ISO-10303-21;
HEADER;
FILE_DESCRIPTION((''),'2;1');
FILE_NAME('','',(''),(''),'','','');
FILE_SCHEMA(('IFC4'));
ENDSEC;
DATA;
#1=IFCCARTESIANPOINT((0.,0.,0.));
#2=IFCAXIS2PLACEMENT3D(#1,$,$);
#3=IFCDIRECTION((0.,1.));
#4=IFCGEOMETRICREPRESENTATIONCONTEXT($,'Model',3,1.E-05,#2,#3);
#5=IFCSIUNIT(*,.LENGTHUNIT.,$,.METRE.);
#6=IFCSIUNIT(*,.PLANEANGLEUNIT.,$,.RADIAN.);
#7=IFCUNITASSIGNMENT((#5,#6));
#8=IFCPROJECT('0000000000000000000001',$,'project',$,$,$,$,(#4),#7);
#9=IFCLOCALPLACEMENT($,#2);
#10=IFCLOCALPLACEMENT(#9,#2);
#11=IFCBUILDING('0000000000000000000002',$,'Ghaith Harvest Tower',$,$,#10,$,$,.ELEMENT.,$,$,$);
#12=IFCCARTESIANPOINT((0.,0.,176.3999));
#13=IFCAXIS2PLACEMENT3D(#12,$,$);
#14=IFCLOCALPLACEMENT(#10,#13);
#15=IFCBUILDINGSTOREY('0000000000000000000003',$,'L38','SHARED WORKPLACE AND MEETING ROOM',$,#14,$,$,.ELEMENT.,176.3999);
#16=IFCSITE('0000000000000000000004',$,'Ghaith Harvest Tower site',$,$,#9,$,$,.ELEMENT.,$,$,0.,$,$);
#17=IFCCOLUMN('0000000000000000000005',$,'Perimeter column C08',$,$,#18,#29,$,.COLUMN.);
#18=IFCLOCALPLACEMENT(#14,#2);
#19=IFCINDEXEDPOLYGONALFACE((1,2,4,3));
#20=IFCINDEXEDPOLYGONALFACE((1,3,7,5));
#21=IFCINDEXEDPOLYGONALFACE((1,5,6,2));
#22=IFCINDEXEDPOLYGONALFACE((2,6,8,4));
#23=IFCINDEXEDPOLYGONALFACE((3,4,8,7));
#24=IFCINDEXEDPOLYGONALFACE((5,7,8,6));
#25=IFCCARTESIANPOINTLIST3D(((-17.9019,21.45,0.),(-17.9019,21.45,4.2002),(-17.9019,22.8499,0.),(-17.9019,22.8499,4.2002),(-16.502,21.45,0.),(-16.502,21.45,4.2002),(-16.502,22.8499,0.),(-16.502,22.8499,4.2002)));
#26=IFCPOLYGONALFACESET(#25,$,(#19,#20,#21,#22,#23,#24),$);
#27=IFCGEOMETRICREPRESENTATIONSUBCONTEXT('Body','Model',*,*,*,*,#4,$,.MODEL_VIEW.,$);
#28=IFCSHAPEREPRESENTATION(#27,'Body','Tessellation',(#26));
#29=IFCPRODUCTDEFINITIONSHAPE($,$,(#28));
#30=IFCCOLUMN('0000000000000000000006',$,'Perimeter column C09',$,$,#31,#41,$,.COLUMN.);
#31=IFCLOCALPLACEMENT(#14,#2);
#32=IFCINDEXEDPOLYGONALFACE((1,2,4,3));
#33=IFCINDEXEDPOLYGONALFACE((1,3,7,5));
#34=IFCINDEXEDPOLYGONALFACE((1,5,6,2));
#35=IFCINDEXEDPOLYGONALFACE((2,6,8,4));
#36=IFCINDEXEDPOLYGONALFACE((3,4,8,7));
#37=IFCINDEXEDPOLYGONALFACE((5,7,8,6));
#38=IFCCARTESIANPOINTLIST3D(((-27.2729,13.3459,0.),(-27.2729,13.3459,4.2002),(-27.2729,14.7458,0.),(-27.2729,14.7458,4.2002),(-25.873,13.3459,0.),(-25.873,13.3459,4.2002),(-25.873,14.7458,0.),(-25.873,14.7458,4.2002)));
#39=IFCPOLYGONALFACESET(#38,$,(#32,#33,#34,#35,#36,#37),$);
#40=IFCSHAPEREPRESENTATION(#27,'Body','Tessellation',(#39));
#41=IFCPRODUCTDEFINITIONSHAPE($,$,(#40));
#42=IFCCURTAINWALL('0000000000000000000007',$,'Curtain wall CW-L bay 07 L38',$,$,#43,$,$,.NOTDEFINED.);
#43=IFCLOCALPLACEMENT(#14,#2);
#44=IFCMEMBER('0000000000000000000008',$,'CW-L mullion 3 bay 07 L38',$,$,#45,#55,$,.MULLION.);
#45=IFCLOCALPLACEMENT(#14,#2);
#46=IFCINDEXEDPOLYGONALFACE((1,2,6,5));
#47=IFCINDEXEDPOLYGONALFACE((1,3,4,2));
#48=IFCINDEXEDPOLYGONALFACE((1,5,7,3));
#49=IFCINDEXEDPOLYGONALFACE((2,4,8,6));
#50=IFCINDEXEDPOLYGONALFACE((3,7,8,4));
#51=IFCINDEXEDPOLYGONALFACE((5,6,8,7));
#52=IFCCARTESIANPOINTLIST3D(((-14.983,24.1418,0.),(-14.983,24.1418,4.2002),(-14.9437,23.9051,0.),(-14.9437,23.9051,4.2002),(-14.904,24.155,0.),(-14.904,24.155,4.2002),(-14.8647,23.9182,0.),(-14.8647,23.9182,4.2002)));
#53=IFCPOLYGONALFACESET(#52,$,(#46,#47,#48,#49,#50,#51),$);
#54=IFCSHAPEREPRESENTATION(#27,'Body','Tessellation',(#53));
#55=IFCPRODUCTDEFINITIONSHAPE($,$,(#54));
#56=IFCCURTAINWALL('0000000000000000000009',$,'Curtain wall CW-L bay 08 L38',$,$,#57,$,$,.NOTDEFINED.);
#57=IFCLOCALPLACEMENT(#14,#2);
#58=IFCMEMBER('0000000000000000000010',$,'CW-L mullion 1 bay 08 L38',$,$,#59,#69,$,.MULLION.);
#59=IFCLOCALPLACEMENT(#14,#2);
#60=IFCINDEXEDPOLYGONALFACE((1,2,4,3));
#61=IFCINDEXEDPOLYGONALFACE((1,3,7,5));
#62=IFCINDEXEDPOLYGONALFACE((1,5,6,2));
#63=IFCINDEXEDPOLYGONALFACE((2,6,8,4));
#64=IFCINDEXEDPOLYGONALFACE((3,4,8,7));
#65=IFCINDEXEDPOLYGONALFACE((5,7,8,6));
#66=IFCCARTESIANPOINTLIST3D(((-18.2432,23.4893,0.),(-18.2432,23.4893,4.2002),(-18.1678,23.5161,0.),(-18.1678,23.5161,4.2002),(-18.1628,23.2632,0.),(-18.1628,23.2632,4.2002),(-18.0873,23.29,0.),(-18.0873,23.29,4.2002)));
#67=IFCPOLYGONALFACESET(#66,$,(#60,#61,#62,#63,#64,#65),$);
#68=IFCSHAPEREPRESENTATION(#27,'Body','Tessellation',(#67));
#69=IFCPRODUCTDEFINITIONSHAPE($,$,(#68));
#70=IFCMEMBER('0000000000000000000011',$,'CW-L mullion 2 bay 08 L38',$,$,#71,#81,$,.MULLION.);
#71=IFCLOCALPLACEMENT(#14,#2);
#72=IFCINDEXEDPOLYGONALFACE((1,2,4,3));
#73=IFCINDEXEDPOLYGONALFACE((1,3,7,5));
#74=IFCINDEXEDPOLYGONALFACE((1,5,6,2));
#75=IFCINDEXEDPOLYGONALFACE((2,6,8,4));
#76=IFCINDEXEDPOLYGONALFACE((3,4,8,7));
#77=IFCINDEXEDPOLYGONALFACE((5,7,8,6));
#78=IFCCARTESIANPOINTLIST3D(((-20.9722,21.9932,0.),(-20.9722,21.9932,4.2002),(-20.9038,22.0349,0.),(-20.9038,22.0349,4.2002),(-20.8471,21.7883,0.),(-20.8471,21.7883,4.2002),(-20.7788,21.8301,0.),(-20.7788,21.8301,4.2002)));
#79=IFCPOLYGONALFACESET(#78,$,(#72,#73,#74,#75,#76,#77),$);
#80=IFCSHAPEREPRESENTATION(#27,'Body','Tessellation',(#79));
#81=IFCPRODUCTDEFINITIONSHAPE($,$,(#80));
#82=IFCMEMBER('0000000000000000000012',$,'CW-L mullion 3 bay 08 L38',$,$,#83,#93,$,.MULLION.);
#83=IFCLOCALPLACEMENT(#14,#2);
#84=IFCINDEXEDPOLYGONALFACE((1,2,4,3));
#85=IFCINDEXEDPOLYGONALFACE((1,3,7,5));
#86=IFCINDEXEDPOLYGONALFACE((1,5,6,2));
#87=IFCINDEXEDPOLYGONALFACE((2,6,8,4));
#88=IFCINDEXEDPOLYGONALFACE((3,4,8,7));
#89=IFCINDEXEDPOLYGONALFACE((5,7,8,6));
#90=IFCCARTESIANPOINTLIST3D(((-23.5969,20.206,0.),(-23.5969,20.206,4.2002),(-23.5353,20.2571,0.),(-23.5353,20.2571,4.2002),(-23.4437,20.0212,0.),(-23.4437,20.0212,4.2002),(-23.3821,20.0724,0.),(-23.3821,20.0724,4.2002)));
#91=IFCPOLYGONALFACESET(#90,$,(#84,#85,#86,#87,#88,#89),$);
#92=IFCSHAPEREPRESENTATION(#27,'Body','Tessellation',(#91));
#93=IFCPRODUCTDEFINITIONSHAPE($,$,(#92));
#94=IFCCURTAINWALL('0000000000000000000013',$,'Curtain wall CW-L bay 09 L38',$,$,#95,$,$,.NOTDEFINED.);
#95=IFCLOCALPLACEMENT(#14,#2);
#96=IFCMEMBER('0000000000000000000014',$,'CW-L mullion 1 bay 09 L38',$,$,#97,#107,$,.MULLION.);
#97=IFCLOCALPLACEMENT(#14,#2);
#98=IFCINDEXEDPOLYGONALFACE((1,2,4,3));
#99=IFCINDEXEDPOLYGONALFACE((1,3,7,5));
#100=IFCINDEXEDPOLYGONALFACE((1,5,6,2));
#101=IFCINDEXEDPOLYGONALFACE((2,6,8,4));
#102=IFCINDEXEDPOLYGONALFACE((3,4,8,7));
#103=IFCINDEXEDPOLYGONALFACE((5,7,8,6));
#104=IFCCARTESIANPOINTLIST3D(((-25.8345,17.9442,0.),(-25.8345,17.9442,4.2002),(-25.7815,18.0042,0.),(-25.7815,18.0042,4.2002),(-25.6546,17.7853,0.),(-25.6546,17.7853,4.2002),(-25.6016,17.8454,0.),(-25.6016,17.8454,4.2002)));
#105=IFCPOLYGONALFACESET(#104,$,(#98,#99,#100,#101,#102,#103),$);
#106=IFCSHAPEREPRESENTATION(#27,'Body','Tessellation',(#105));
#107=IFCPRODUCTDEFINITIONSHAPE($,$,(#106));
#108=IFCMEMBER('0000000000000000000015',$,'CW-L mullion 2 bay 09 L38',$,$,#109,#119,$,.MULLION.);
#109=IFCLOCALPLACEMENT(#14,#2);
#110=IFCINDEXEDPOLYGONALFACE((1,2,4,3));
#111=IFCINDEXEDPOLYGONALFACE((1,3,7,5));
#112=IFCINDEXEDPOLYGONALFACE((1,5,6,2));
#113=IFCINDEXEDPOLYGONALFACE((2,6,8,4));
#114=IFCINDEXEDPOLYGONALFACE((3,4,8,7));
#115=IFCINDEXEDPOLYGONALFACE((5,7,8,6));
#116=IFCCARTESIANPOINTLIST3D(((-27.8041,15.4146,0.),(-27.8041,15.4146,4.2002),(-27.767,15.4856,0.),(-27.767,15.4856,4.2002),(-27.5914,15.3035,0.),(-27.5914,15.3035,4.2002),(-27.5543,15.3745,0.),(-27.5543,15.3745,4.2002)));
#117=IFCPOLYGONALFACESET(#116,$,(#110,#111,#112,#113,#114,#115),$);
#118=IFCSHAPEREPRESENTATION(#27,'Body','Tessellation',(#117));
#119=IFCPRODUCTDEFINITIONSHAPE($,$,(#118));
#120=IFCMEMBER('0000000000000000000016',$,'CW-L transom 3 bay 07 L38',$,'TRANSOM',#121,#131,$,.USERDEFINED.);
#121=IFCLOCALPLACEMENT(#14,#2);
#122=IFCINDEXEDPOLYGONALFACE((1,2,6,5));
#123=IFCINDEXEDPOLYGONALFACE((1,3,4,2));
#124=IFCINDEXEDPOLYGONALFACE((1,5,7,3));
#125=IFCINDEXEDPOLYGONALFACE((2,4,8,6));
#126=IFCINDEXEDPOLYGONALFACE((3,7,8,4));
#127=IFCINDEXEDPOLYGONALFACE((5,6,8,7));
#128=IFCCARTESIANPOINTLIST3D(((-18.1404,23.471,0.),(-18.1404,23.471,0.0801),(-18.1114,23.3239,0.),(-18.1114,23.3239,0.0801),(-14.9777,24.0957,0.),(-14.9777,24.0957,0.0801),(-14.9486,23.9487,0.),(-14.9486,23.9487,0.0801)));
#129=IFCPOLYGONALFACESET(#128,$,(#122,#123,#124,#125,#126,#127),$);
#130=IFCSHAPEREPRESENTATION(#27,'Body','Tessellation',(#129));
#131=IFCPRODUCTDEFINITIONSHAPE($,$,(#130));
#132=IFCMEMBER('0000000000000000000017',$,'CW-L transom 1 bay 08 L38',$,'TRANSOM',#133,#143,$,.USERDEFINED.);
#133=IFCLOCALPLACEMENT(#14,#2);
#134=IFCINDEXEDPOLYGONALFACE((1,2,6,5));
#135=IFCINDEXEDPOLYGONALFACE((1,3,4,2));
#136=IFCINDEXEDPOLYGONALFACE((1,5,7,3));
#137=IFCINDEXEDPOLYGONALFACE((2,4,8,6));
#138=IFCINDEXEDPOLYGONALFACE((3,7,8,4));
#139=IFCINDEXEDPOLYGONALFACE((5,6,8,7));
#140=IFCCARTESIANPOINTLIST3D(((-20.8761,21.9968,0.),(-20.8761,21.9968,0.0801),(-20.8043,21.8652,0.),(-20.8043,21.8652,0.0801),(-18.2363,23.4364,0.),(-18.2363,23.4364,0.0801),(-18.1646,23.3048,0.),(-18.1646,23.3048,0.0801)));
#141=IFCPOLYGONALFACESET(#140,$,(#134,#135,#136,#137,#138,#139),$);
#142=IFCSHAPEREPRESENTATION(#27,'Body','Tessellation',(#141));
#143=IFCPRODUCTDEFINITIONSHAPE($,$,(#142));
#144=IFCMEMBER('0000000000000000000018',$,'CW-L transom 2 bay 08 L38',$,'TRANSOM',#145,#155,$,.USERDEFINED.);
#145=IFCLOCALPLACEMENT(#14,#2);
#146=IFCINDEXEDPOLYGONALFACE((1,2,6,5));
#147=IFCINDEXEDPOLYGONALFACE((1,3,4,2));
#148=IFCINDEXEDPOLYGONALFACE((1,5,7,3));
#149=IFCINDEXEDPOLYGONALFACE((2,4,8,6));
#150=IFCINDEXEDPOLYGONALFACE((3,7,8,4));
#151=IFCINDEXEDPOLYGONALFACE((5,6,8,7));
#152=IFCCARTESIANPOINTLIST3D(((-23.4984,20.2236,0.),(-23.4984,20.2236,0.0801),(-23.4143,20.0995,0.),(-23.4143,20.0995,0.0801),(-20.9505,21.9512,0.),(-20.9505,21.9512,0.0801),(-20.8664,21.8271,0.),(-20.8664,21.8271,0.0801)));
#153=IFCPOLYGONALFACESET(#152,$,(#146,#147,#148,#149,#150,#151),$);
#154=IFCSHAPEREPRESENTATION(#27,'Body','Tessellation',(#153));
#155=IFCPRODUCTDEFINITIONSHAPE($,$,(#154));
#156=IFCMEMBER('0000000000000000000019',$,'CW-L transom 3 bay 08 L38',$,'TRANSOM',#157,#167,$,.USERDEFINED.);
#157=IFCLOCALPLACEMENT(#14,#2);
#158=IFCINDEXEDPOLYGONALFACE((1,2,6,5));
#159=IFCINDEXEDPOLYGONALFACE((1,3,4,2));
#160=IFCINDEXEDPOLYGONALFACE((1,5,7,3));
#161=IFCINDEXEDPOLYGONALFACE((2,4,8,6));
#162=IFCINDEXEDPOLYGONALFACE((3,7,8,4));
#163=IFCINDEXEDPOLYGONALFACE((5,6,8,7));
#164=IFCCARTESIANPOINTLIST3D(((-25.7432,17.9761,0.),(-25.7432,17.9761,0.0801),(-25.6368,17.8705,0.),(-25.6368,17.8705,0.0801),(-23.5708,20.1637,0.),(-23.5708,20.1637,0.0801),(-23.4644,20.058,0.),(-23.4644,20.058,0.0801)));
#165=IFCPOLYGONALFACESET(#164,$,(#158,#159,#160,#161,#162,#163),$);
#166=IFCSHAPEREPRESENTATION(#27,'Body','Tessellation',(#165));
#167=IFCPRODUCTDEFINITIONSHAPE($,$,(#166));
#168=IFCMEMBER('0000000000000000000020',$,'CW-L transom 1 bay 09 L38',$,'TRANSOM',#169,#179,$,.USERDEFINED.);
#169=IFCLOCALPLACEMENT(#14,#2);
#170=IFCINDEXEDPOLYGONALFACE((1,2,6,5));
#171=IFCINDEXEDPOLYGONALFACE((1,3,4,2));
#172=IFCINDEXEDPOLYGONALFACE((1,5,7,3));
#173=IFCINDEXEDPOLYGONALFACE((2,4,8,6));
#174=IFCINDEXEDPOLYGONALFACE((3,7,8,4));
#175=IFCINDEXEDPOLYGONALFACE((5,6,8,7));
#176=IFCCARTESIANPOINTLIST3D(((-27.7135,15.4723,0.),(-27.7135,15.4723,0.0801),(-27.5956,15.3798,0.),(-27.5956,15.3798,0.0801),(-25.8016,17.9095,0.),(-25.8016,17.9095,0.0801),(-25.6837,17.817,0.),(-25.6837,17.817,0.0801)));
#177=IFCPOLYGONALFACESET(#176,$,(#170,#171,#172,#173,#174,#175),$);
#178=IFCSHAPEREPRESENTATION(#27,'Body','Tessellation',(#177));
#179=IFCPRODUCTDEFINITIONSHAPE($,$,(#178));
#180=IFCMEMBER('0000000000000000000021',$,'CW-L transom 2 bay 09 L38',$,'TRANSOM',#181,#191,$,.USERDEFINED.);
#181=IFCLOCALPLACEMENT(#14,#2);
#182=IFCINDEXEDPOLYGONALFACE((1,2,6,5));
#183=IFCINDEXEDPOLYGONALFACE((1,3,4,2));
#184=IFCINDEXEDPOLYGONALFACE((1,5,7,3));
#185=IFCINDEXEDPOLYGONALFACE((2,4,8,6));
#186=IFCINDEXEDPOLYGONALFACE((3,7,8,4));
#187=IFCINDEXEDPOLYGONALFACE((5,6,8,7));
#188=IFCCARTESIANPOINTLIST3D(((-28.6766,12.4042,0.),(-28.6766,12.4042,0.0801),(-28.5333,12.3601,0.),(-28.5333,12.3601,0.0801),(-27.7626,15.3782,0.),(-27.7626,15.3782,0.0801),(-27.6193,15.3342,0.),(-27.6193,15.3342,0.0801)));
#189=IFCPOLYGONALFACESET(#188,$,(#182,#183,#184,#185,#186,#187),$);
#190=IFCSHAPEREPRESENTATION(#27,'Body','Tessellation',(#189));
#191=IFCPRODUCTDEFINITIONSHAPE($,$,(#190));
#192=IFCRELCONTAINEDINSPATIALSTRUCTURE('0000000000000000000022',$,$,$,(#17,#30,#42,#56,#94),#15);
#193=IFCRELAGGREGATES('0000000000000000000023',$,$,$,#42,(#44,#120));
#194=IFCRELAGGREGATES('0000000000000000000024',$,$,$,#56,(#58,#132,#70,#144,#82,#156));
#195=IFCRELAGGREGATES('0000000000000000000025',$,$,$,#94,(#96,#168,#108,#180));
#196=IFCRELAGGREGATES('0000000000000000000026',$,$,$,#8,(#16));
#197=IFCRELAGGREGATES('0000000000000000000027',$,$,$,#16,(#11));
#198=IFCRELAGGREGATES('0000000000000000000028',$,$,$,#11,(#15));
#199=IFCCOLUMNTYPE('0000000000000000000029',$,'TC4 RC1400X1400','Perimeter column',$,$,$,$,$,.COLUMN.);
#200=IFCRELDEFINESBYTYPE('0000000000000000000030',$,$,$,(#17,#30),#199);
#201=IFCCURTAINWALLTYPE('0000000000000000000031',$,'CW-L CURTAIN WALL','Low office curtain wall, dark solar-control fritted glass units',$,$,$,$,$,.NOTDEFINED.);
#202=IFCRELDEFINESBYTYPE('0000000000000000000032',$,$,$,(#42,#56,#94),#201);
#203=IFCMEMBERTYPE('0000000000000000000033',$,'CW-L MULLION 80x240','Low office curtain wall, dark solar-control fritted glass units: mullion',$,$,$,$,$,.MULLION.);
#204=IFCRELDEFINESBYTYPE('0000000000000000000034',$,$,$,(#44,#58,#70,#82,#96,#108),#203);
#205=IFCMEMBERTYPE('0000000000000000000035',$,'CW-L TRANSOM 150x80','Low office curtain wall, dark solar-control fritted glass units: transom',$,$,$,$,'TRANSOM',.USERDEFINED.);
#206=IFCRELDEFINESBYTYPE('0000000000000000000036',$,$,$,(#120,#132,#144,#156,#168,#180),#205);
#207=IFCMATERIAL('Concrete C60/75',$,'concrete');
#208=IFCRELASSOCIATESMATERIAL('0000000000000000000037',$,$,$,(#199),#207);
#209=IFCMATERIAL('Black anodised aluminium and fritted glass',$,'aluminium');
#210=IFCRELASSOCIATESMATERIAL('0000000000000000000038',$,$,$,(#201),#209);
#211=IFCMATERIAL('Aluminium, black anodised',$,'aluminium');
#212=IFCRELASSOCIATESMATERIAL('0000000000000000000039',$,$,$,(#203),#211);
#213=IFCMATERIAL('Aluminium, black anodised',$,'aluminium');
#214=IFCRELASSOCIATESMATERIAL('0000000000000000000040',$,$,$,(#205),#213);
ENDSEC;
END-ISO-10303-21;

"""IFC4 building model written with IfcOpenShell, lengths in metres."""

from ifc_helpers import new_model, si_unit, direction, frame, origin, origin_2d, place, context, subcontext, project, spatial, rectangle, extrude, material, material_profile, profile_set, type_object, element, aggregate, save


model = new_model("IFC4")

# Units and contexts
model_context = context("Model", 3, precision=1e-05, world=origin(), true_north=direction((0.0, 1.0)))
body_context = subcontext(model_context, "Body", "Model", "MODEL_VIEW")
ifc_project = project(units=[si_unit("LENGTHUNIT", "METRE"), si_unit("PLANEANGLEUNIT", "RADIAN")], contexts=[model_context])

# Site, building, storey
site_placement = place(None, origin())
site = spatial("IfcSite", under=ifc_project, at=site_placement, Name="Ghaith Harvest Tower site", CompositionType="ELEMENT", RefElevation=0.0)
building_placement = place(site_placement, origin())
building = spatial("IfcBuilding", under=site, at=building_placement, Name="Ghaith Harvest Tower", CompositionType="ELEMENT")
storey_placement = place(building_placement, frame((0.0, 0.0, 176.3999)))
storey = spatial("IfcBuildingStorey", under=building, at=storey_placement, Name="L38", Description="SHARED WORKPLACE AND MEETING ROOM", CompositionType="ELEMENT", Elevation=176.3999)

# Columns
ifc_material_1 = material(Name="Concrete C60/75", Category="concrete")
ifc_material_profile_1 = material_profile(ifc_material_1, rectangle(XDim=1.3999, YDim=1.3999, at=origin_2d()), Name="RC1400X1400")
ifc_profile_set_1 = profile_set([ifc_material_profile_1], Name="Concrete C60/75")
column_type = type_object("IfcColumnType", Name="TC4 RC1400X1400", Description="Perimeter column", PredefinedType="COLUMN", material=ifc_profile_set_1)
for number, where, z_axis, x_axis, name in (
    (1, (-17.2019, 22.1499, 0.0), (0.0, 0.0, 1.0), (1.0, 0.0, 0.0), "Perimeter column C08"),
    (2, (-26.573, 14.0459, 0.0), (0.0, 0.0, 1.0), (1.0, 0.0, 0.0), "Perimeter column C09"),
):
    element("IfcColumn", number, at=place(storey_placement, frame(where, z_axis=z_axis, x_axis=x_axis)), inside=storey, type_object=column_type, Name=name, PredefinedType="COLUMN", context=body_context, shape_type="SweptSolid", body=[
        extrude(rectangle(XDim=1.3999, YDim=1.3999, at=origin_2d()), origin(), (0.0, 0.0, 1.0), 4.2002),
    ])

# Curtain wall, member
ifc_material_2 = material(Name="Black anodised aluminium and fritted glass", Category="aluminium")
curtain_wall_type = type_object("IfcCurtainWallType", Name="CW-L CURTAIN WALL", Description="Low office curtain wall, dark solar-control fritted glass units", PredefinedType="NOTDEFINED", material=ifc_material_2)
curtain_wall_1_placement = place(storey_placement, origin())
curtain_wall_1 = element("IfcCurtainWall", 3, at=curtain_wall_1_placement, inside=storey, type_object=curtain_wall_type, Name="Curtain wall CW-L bay 07 L38", PredefinedType="NOTDEFINED")
ifc_material_3 = material(Name="Aluminium, black anodised", Category="aluminium")
ifc_material_profile_2 = material_profile(ifc_material_3, rectangle(XDim=0.0801, YDim=0.24, at=origin_2d()), Name="CW-L MULLION 80x240")
ifc_profile_set_2 = profile_set([ifc_material_profile_2], Name="Aluminium, black anodised")
member_type_1 = type_object("IfcMemberType", Name="CW-L MULLION 80x240", Description="Low office curtain wall, dark solar-control fritted glass units: mullion", PredefinedType="MULLION", material=ifc_profile_set_2)
member_1_placement = place(storey_placement, frame((-14.9238, 24.03, 0.0), z_axis=(0.0, 0.0, 1.0), x_axis=(-0.986495, -0.163794, 0.0)))
member_1 = element("IfcMember", 4, at=member_1_placement, type_object=member_type_1, Name="CW-L mullion 3 bay 07 L38", PredefinedType="MULLION", context=body_context, shape_type="SweptSolid", body=[
    extrude(rectangle(XDim=0.0801, YDim=0.24, at=origin_2d()), origin(), (0.0, 0.0, 1.0), 4.2002),
])

# Curtain walls, members
curtain_wall_2_placement = place(storey_placement, origin())
curtain_wall_2 = element("IfcCurtainWall", 5, at=curtain_wall_2_placement, inside=storey, type_object=curtain_wall_type, Name="Curtain wall CW-L bay 08 L38", PredefinedType="NOTDEFINED")
member_2_placement = place(storey_placement, frame((-18.1653, 23.3896, 0.0), z_axis=(0.0, 0.0, 1.0), x_axis=(-0.942104, -0.335322, 0.0)))
member_2 = element("IfcMember", 6, at=member_2_placement, type_object=member_type_1, Name="CW-L mullion 1 bay 08 L38", PredefinedType="MULLION", context=body_context, shape_type="SweptSolid", body=[
    extrude(rectangle(XDim=0.0801, YDim=0.24, at=origin_2d()), origin(), (0.0, 0.0, 1.0), 4.2002),
])
member_3_placement = place(storey_placement, frame((-20.8755, 21.9116, 0.0), z_axis=(0.0, 0.0, 1.0), x_axis=(-0.853516, -0.521067, 0.0)))
member_3 = element("IfcMember", 7, at=member_3_placement, type_object=member_type_1, Name="CW-L mullion 2 bay 08 L38", PredefinedType="MULLION", context=body_context, shape_type="SweptSolid", body=[
    extrude(rectangle(XDim=0.0801, YDim=0.24, at=origin_2d()), origin(), (0.0, 0.0, 1.0), 4.2002),
])
member_4_placement = place(storey_placement, frame((-23.4895, 20.1392, 0.0), z_axis=(0.0, 0.0, 1.0), x_axis=(-0.769683, -0.638427, 0.0)))
member_4 = element("IfcMember", 8, at=member_4_placement, type_object=member_type_1, Name="CW-L mullion 3 bay 08 L38", PredefinedType="MULLION", context=body_context, shape_type="SweptSolid", body=[
    extrude(rectangle(XDim=0.0801, YDim=0.24, at=origin_2d()), origin(), (0.0, 0.0, 1.0), 4.2002),
])
curtain_wall_3_placement = place(storey_placement, origin())
curtain_wall_3 = element("IfcCurtainWall", 9, at=curtain_wall_3_placement, inside=storey, type_object=curtain_wall_type, Name="Curtain wall CW-L bay 09 L38", PredefinedType="NOTDEFINED")
member_5_placement = place(storey_placement, frame((-25.718, 17.8948, 0.0), z_axis=(0.0, 0.0, 1.0), x_axis=(-0.661904, -0.749589, 0.0)))
member_5 = element("IfcMember", 10, at=member_5_placement, type_object=member_type_1, Name="CW-L mullion 1 bay 09 L38", PredefinedType="MULLION", context=body_context, shape_type="SweptSolid", body=[
    extrude(rectangle(XDim=0.0801, YDim=0.24, at=origin_2d()), origin(), (0.0, 0.0, 1.0), 4.2002),
])
member_6_placement = place(storey_placement, frame((-27.6792, 15.3945, 0.0), z_axis=(0.0, 0.0, 1.0), x_axis=(-0.46289, -0.886416, 0.0)))
member_6 = element("IfcMember", 11, at=member_6_placement, type_object=member_type_1, Name="CW-L mullion 2 bay 09 L38", PredefinedType="MULLION", context=body_context, shape_type="SweptSolid", body=[
    extrude(rectangle(XDim=0.0801, YDim=0.24, at=origin_2d()), origin(), (0.0, 0.0, 1.0), 4.2002),
])

# Members
ifc_material_4 = material(Name="Aluminium, black anodised", Category="aluminium")
ifc_material_profile_3 = material_profile(ifc_material_4, rectangle(XDim=0.1499, YDim=0.0801, at=origin_2d()), Name="CW-L TRANSOM 150x80")
ifc_profile_set_3 = profile_set([ifc_material_profile_3], Name="Aluminium, black anodised")
member_type_2 = type_object("IfcMemberType", Name="CW-L TRANSOM 150x80", Description="Low office curtain wall, dark solar-control fritted glass units: transom", ElementType="TRANSOM", PredefinedType="USERDEFINED", material=ifc_profile_set_3)
member_7_placement = place(storey_placement, frame((-14.9631, 24.0222, 0.04), z_axis=(-0.981044, -0.193786, 0.0), x_axis=(0.193786, -0.981044, 0.0)))
member_7 = element("IfcMember", 12, at=member_7_placement, type_object=member_type_2, Name="CW-L transom 3 bay 07 L38", ObjectType="TRANSOM", PredefinedType="USERDEFINED", context=body_context, shape_type="SweptSolid", body=[
    extrude(rectangle(XDim=0.1499, YDim=0.0801, at=origin_2d()), origin(), (0.0, 0.0, 1.0), 3.2239),
])
member_8_placement = place(storey_placement, frame((-18.2004, 23.3706, 0.04), z_axis=(-0.87793, -0.47879, 0.0), x_axis=(0.47879, -0.87793, 0.0)))
member_8 = element("IfcMember", 13, at=member_8_placement, type_object=member_type_2, Name="CW-L transom 1 bay 08 L38", ObjectType="TRANSOM", PredefinedType="USERDEFINED", context=body_context, shape_type="SweptSolid", body=[
    extrude(rectangle(XDim=0.1499, YDim=0.0801, at=origin_2d()), origin(), (0.0, 0.0, 1.0), 3.0068),
])
member_9_placement = place(storey_placement, frame((-20.9084, 21.8892, 0.04), z_axis=(-0.827681, -0.561199, 0.0), x_axis=(0.561199, -0.827681, 0.0)))
member_9 = element("IfcMember", 14, at=member_9_placement, type_object=member_type_2, Name="CW-L transom 2 bay 08 L38", ObjectType="TRANSOM", PredefinedType="USERDEFINED", context=body_context, shape_type="SweptSolid", body=[
    extrude(rectangle(XDim=0.1499, YDim=0.0801, at=origin_2d()), origin(), (0.0, 0.0, 1.0), 3.0784),
])
member_10_placement = place(storey_placement, frame((-23.5176, 20.1108, 0.04), z_axis=(-0.704648, -0.709557, 0.0), x_axis=(0.709557, -0.704648, 0.0)))
member_10 = element("IfcMember", 15, at=member_10_placement, type_object=member_type_2, Name="CW-L transom 3 bay 08 L38", ObjectType="TRANSOM", PredefinedType="USERDEFINED", context=body_context, shape_type="SweptSolid", body=[
    extrude(rectangle(XDim=0.1499, YDim=0.0801, at=origin_2d()), origin(), (0.0, 0.0, 1.0), 3.083),
])
member_11_placement = place(storey_placement, frame((-25.7427, 17.8633, 0.04), z_axis=(-0.617198, -0.786808, 0.0), x_axis=(0.786808, -0.617198, 0.0)))
member_11 = element("IfcMember", 16, at=member_11_placement, type_object=member_type_2, Name="CW-L transom 1 bay 09 L38", ObjectType="TRANSOM", PredefinedType="USERDEFINED", context=body_context, shape_type="SweptSolid", body=[
    extrude(rectangle(XDim=0.1499, YDim=0.0801, at=origin_2d()), origin(), (0.0, 0.0, 1.0), 3.0977),
])
member_12_placement = place(storey_placement, frame((-27.6909, 15.3562, 0.04), z_axis=(-0.293777, -0.955874, 0.0), x_axis=(0.955874, -0.293777, 0.0)))
member_12 = element("IfcMember", 17, at=member_12_placement, type_object=member_type_2, Name="CW-L transom 2 bay 09 L38", ObjectType="TRANSOM", PredefinedType="USERDEFINED", context=body_context, shape_type="SweptSolid", body=[
    extrude(rectangle(XDim=0.1499, YDim=0.0801, at=origin_2d()), origin(), (0.0, 0.0, 1.0), 3.1113),
])

aggregate(curtain_wall_1, [member_1, member_7])
aggregate(curtain_wall_2, [member_2, member_8, member_3, member_9, member_4, member_10])
aggregate(curtain_wall_3, [member_5, member_11, member_6, member_12])

save(model, "model.ifc")
